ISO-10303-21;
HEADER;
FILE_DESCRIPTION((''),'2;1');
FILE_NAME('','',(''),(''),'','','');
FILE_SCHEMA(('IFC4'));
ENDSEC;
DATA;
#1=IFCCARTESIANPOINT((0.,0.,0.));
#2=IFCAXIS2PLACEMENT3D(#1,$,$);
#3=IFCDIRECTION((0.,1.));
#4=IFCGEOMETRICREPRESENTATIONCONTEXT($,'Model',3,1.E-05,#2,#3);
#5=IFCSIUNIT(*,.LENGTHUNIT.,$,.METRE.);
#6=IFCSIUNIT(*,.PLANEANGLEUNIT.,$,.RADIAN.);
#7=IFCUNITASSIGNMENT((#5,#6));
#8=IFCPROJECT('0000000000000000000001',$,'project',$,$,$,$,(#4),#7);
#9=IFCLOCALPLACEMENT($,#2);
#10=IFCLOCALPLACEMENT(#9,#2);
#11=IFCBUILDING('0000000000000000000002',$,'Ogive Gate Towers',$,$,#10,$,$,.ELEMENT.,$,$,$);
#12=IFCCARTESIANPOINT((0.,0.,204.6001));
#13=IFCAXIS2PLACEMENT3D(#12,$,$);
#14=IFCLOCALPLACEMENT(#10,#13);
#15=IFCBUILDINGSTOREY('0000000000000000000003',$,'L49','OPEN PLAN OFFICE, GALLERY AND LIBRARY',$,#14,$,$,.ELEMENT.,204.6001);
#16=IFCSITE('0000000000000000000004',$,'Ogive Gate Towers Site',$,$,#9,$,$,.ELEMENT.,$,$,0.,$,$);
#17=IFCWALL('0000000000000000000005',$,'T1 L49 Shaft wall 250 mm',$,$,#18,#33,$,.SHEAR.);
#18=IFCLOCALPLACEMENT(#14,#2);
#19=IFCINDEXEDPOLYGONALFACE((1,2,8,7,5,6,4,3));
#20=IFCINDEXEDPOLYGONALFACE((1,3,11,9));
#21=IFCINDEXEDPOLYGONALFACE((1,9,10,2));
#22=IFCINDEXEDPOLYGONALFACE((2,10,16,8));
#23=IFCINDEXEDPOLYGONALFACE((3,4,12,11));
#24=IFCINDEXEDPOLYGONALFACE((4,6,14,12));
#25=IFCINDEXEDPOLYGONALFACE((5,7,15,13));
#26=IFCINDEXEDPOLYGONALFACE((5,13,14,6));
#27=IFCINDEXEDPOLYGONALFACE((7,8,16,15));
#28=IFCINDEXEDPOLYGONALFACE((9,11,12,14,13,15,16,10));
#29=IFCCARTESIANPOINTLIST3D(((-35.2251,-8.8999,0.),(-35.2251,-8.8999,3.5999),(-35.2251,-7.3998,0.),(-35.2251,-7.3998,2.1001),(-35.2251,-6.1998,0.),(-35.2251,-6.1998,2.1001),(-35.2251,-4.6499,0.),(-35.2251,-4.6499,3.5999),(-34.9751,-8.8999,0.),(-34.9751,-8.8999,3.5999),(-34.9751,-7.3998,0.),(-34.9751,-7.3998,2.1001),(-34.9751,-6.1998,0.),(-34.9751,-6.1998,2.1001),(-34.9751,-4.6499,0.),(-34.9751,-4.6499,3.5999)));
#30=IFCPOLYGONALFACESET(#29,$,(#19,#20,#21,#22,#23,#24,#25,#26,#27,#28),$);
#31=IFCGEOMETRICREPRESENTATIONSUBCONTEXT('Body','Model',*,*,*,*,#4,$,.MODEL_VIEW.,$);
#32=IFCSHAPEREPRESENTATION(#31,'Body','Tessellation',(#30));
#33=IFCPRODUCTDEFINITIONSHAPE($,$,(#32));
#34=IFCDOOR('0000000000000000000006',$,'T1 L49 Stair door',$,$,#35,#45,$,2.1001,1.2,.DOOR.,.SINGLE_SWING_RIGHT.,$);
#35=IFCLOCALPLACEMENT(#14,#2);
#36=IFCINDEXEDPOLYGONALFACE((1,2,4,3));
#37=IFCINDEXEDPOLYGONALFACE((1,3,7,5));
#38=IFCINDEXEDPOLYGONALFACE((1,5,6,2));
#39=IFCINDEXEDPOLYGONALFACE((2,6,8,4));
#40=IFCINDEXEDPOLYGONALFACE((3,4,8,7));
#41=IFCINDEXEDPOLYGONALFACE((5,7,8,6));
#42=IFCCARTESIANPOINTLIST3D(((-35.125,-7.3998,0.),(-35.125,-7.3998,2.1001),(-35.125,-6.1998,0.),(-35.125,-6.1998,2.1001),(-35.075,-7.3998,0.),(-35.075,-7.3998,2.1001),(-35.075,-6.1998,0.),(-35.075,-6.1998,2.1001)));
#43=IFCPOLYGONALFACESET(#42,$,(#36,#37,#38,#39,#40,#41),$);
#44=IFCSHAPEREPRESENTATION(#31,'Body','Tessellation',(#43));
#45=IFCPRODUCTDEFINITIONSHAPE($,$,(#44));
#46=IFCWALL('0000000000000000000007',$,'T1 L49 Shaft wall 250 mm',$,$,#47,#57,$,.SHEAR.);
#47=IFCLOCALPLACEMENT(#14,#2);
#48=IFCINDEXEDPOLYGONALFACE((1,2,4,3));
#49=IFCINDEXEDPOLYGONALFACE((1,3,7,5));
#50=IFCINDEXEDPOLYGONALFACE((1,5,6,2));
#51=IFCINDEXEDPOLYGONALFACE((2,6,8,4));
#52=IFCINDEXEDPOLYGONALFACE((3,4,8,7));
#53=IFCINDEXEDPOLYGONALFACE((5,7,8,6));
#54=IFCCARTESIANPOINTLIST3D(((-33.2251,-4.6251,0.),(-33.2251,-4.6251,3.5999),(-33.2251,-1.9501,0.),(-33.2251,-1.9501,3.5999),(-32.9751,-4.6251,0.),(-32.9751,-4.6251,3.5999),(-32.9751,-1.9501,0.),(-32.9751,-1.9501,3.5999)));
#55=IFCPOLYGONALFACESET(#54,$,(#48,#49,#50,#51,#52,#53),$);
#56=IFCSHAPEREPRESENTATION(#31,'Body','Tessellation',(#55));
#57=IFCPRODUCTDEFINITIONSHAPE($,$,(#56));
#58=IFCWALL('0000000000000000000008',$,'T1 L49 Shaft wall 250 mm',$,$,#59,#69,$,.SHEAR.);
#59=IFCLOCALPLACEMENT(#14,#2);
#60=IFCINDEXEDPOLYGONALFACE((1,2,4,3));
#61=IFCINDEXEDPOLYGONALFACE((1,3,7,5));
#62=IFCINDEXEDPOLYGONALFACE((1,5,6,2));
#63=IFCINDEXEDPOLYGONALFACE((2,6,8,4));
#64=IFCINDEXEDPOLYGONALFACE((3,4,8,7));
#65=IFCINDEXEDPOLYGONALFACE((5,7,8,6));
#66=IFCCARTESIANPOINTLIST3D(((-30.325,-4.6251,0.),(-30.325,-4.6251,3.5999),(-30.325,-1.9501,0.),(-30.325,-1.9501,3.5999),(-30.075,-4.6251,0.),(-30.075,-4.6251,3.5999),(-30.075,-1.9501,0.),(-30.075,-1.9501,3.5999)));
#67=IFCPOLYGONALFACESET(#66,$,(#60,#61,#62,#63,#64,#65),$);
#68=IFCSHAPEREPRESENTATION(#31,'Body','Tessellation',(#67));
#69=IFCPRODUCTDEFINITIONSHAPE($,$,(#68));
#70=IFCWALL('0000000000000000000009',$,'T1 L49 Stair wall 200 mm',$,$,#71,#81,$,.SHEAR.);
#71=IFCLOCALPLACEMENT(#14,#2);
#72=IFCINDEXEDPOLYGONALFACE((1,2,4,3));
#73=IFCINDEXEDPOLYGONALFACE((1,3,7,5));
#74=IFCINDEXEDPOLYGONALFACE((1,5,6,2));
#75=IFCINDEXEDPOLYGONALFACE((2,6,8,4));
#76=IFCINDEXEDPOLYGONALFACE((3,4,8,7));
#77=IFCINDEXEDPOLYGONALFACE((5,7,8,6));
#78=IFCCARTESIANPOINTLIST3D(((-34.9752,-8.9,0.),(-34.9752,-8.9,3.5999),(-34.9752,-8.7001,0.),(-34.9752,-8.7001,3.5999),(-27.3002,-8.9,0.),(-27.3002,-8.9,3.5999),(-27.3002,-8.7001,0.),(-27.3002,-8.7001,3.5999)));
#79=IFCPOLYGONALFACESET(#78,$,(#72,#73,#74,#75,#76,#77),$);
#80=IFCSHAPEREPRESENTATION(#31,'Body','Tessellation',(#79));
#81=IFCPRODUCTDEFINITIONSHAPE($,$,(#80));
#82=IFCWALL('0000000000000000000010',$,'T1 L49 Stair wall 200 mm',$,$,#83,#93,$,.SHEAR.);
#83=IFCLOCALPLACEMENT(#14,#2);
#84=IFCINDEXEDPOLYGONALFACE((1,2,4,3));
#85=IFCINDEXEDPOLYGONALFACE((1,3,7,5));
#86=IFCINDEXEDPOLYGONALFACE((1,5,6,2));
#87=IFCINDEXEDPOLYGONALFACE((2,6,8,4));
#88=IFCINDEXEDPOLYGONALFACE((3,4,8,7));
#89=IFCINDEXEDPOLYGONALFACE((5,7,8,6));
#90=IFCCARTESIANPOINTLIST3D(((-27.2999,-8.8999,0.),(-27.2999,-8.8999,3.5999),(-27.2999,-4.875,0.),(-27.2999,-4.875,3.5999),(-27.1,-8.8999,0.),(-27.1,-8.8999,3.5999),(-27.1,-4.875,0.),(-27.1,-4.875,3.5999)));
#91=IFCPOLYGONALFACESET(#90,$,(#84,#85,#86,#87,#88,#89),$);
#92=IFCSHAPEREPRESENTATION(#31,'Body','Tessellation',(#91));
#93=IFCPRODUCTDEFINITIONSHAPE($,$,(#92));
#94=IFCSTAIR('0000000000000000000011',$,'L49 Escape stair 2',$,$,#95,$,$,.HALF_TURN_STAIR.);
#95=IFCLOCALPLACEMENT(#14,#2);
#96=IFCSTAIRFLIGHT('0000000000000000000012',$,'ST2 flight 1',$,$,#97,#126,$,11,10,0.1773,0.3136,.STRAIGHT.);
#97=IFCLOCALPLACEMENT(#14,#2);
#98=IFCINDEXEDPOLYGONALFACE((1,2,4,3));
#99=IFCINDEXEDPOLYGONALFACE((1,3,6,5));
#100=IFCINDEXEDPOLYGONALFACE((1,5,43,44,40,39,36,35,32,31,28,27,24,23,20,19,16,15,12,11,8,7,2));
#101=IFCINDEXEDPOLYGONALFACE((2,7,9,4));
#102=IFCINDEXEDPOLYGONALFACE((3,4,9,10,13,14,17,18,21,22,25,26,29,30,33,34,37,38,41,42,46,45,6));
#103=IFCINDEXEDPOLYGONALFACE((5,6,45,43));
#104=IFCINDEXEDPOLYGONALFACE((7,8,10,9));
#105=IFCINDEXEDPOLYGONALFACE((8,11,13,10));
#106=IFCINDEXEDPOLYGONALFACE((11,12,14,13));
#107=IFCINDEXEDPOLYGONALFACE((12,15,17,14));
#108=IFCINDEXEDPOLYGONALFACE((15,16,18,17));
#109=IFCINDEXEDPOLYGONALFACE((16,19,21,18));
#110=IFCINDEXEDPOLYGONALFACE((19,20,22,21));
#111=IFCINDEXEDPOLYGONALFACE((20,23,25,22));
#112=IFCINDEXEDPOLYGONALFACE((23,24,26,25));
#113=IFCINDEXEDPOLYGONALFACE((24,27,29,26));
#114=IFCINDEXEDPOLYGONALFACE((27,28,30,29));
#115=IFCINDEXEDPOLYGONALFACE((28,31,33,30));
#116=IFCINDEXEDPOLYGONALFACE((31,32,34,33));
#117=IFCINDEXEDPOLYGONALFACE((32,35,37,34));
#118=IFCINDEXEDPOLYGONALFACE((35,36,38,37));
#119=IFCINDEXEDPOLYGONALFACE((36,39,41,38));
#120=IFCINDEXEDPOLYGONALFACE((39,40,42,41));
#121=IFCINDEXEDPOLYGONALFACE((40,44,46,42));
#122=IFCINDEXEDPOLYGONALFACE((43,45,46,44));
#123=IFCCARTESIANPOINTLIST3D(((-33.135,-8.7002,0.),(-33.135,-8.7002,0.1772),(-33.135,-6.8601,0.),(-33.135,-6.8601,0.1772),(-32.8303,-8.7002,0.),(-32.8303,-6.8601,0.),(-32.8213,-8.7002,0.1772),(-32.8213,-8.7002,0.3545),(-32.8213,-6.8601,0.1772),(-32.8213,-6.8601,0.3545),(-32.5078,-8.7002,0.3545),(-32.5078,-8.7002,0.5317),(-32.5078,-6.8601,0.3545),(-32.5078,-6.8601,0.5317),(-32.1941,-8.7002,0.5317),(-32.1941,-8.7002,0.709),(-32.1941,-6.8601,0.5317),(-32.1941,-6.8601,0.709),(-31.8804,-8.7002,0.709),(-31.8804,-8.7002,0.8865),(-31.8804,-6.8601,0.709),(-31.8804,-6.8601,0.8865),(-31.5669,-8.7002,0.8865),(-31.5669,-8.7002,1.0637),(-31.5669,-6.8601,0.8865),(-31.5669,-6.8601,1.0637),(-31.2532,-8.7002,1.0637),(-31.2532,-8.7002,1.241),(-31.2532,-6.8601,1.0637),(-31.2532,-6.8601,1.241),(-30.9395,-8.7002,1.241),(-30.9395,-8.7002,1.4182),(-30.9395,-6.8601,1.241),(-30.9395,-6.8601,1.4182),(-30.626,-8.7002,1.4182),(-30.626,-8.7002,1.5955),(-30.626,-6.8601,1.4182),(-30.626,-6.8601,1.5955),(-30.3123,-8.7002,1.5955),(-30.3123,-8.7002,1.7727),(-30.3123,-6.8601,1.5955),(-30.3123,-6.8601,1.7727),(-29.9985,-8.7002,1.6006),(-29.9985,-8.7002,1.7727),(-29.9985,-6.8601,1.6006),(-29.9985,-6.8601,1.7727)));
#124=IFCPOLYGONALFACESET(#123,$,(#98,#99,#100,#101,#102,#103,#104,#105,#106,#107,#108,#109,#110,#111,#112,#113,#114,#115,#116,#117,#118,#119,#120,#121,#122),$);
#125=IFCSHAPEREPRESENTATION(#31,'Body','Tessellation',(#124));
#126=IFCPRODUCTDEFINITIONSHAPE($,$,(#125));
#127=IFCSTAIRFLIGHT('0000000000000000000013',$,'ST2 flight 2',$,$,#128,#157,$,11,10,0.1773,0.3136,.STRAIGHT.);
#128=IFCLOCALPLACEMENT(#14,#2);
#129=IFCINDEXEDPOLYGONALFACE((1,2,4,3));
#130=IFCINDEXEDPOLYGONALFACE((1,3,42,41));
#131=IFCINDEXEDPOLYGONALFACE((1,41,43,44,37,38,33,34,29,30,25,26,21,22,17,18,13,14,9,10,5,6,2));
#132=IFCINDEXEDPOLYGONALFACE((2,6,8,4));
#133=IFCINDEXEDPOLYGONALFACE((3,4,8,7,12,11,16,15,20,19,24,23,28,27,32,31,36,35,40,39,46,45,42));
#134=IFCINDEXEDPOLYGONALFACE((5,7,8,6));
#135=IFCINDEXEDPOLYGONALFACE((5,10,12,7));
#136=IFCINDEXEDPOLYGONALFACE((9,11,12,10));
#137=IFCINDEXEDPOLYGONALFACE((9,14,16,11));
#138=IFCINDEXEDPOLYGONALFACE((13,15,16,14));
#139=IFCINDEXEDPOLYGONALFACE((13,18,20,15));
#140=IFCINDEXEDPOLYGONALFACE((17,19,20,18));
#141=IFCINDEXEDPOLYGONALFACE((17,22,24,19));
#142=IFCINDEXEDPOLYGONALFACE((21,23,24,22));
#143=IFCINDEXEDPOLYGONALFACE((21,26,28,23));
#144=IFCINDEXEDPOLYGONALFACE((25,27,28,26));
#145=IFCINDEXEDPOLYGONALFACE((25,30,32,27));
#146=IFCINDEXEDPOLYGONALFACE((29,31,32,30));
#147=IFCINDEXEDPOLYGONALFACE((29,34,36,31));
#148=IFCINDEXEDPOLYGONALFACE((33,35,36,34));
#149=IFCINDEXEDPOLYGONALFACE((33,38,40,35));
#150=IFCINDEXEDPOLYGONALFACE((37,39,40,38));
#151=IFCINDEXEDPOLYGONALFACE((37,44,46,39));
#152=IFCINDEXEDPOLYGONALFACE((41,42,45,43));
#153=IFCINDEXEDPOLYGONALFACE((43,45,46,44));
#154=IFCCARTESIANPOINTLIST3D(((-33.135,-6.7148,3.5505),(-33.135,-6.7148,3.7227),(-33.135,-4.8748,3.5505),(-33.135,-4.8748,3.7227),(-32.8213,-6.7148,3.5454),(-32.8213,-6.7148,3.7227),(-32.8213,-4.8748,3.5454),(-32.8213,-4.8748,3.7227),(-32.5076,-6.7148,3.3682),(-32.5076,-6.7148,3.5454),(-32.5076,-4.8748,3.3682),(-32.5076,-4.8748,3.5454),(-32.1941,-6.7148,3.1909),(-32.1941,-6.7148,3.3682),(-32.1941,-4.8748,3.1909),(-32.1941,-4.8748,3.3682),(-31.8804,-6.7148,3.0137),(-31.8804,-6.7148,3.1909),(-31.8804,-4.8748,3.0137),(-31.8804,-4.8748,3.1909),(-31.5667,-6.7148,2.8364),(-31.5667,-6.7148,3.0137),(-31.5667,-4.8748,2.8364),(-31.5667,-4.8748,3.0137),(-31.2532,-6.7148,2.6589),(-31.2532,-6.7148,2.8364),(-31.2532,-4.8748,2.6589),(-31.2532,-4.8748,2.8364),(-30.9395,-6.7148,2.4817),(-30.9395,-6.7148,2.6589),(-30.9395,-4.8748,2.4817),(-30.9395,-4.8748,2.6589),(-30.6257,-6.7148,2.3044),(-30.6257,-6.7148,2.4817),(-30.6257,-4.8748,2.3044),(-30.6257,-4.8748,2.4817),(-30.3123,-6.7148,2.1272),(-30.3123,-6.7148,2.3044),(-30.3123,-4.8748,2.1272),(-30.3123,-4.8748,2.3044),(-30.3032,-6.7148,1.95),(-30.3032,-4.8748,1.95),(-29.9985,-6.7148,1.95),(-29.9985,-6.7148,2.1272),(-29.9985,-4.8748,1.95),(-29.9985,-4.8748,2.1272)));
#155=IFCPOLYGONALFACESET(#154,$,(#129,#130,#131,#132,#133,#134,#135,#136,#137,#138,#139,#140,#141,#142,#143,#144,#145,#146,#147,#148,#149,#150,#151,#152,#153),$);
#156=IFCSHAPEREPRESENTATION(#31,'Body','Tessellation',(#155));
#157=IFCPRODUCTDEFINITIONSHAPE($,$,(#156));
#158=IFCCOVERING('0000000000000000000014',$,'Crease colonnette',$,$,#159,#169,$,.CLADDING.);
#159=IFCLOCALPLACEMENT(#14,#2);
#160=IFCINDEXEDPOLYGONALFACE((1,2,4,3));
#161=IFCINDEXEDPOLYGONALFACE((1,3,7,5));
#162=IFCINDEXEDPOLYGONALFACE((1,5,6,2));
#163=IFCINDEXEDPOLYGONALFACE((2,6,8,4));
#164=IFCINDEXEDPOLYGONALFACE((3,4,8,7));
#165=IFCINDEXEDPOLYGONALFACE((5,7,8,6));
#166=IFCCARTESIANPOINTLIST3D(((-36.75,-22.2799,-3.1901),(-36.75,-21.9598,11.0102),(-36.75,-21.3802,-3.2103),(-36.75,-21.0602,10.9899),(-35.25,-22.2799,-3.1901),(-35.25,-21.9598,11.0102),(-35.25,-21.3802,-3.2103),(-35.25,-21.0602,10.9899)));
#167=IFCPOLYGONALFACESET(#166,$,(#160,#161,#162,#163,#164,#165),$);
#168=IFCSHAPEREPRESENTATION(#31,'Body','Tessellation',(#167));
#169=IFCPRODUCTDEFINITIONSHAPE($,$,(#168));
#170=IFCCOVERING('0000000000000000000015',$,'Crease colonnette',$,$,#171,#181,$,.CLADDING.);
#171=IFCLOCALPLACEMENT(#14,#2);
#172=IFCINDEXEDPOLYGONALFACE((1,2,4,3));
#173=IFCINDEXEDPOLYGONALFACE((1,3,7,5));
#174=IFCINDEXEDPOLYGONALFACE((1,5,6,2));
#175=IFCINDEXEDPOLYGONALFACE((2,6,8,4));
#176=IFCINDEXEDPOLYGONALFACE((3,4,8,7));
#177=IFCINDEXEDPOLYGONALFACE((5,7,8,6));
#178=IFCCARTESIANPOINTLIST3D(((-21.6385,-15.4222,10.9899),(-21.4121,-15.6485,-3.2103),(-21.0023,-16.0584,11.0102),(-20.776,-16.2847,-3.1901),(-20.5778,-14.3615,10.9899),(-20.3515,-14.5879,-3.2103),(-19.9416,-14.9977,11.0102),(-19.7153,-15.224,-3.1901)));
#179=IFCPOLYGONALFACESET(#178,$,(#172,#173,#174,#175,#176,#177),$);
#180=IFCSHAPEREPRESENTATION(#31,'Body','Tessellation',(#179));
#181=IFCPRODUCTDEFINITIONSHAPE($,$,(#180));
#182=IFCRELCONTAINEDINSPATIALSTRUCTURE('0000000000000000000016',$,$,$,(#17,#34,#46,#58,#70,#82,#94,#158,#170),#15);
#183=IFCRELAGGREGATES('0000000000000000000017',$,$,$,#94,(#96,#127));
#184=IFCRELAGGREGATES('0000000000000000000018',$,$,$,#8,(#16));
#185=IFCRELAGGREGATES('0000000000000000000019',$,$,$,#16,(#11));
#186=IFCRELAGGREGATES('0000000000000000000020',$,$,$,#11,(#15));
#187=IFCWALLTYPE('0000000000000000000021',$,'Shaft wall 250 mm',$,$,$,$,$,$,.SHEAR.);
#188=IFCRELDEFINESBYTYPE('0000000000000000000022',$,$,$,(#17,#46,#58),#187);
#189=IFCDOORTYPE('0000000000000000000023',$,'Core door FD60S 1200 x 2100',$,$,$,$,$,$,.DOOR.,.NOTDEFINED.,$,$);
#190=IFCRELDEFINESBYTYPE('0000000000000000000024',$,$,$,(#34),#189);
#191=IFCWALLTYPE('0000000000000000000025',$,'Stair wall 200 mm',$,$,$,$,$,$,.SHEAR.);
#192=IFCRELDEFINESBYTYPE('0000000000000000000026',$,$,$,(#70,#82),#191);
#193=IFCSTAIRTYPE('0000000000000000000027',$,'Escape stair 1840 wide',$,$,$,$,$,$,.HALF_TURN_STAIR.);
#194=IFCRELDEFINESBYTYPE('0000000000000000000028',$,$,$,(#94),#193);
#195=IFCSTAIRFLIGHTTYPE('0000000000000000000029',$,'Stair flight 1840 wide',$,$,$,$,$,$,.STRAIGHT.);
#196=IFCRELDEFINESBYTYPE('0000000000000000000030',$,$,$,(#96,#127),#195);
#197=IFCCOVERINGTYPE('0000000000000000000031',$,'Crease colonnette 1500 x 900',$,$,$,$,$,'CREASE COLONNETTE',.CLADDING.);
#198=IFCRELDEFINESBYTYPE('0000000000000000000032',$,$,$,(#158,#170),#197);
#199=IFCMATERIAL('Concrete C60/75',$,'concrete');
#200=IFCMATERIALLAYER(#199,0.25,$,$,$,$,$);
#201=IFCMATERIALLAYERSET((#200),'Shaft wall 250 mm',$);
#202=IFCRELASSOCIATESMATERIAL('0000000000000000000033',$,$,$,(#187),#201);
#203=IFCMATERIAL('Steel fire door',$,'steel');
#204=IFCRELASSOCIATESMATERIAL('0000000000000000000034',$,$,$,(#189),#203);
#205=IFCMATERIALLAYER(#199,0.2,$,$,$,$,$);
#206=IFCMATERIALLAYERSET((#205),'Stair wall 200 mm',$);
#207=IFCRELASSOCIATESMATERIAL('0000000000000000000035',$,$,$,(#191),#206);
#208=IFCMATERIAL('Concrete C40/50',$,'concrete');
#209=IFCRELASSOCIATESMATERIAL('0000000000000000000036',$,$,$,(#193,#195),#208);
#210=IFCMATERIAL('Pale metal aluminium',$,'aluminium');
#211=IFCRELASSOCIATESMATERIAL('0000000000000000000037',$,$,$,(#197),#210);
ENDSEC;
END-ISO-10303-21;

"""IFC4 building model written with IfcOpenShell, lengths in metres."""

from ifc_helpers import new_model, si_unit, direction, frame, frame_2d, origin, origin_2d, place, context, subcontext, project, spatial, polyline, rectangle, outline, extrude, material, layer, layer_set, material_profile, profile_set, type_object, element, fill, aggregate, save


model = new_model("IFC4")

# Units and contexts
model_context = context("Model", 3, precision=1e-05, world=origin(), true_north=direction((0.0, 1.0)))
body_context = subcontext(model_context, "Body", "Model", "MODEL_VIEW")
ifc_project = project(units=[si_unit("LENGTHUNIT", "METRE"), si_unit("PLANEANGLEUNIT", "RADIAN")], contexts=[model_context])

# Site, building, storey
site_placement = place(None, origin())
site = spatial("IfcSite", under=ifc_project, at=site_placement, Name="Ogive Gate Towers Site", CompositionType="ELEMENT", RefElevation=0.0)
building_placement = place(site_placement, origin())
building = spatial("IfcBuilding", under=site, at=building_placement, Name="Ogive Gate Towers", CompositionType="ELEMENT")
storey_placement = place(building_placement, frame((0.0, 0.0, 204.6001)))
storey = spatial("IfcBuildingStorey", under=building, at=storey_placement, Name="L49", Description="OPEN PLAN OFFICE, GALLERY AND LIBRARY", CompositionType="ELEMENT", Elevation=204.6001)

# Shared definitions
ifc_material_1 = material(Name="Concrete C60/75", Category="concrete")
ifc_material_2 = material(Name="Steel fire door", Category="steel")

# Shared definitions
ifc_layer_1 = layer(ifc_material_1, 0.25)
ifc_layer_set_1 = layer_set([ifc_layer_1], Name="Shaft wall 250 mm")
wall_type_1 = type_object("IfcWallType", Name="Shaft wall 250 mm", PredefinedType="SHEAR", material=ifc_layer_set_1)

# Wall, opening, door
wall_1_placement = place(storey_placement, frame((-35.1001, -8.8999, 0.0), z_axis=(0.0, 0.0, 1.0), x_axis=(0.0, 1.0, 0.0)))
wall_1 = element("IfcWall", 1, at=wall_1_placement, inside=storey, type_object=wall_type_1, Name="T1 L49 Shaft wall 250 mm", PredefinedType="SHEAR", context=body_context, shape_type="SweptSolid", body=[
    extrude(rectangle(XDim=4.25, YDim=0.25, at=frame_2d((2.125, 0.0))), origin(), (0.0, 0.0, 1.0), 3.5999),
])
opening_1_placement = place(wall_1_placement, frame((1.5, 0.0, 0.0)))
opening_1 = element("IfcOpeningElement", 2, at=opening_1_placement, cuts=wall_1, PredefinedType="OPENING", context=body_context, shape_type="SweptSolid", body=[
    extrude(rectangle(XDim=1.2, YDim=2.1001, at=frame_2d((0.6001, 1.05))), frame((0.0, 0.135, 0.0), z_axis=(0.0, -1.0, 0.0), x_axis=(1.0, 0.0, 0.0)), (0.0, 0.0, 1.0), 0.27),
])
door_type_1 = type_object("IfcDoorType", Name="Core door FD60S 1200 x 2100", OperationType="NOTDEFINED", PredefinedType="DOOR", material=ifc_material_2)
door_1_placement = place(opening_1_placement, origin())
door_1 = element("IfcDoor", 3, at=door_1_placement, inside=storey, type_object=door_type_1, Name="T1 L49 Stair door", OperationType="SINGLE_SWING_RIGHT", OverallHeight=2.1001, OverallWidth=1.2, PredefinedType="DOOR", context=body_context, shape_type="SweptSolid", body=[
    extrude(rectangle(XDim=1.2, YDim=2.1001, at=frame_2d((0.6001, 1.05))), frame((0.0, 0.0249, 0.0), z_axis=(0.0, -1.0, 0.0), x_axis=(1.0, 0.0, 0.0)), (0.0, 0.0, 1.0), 0.05),
])
fill(opening_1, door_1)

# Walls
for number, where, z_axis, x_axis, name in (
    (4, (-33.1001, -4.625, 0.0), (0.0, 0.0, 1.0), (0.0, 1.0, 0.0), "T1 L49 Shaft wall 250 mm"),
    (5, (-30.2, -4.625, 0.0), (0.0, 0.0, 1.0), (0.0, 1.0, 0.0), "T1 L49 Shaft wall 250 mm"),
):
    element("IfcWall", number, at=place(storey_placement, frame(where, z_axis=z_axis, x_axis=x_axis)), inside=storey, type_object=wall_type_1, Name=name, PredefinedType="SHEAR", context=body_context, shape_type="SweptSolid", body=[
        extrude(rectangle(XDim=2.675, YDim=0.25, at=frame_2d((1.3374, 0.0))), origin(), (0.0, 0.0, 1.0), 3.5999),
    ])
ifc_layer_2 = layer(ifc_material_1, 0.2)
ifc_layer_set_2 = layer_set([ifc_layer_2], Name="Stair wall 200 mm")
wall_type_2 = type_object("IfcWallType", Name="Stair wall 200 mm", PredefinedType="SHEAR", material=ifc_layer_set_2)
wall_2_placement = place(storey_placement, frame((-34.9751, -8.8, 0.0), z_axis=(0.0, 0.0, 1.0), x_axis=(1.0, 0.0, 0.0)))
element("IfcWall", 6, at=wall_2_placement, inside=storey, type_object=wall_type_2, Name="T1 L49 Stair wall 200 mm", PredefinedType="SHEAR", context=body_context, shape_type="SweptSolid", body=[
    extrude(rectangle(XDim=7.675, YDim=0.2, at=frame_2d((3.8374, 0.0))), origin(), (0.0, 0.0, 1.0), 3.5999),
])
wall_3_placement = place(storey_placement, frame((-27.2, -8.8999, 0.0), z_axis=(0.0, 0.0, 1.0), x_axis=(0.0, 1.0, 0.0)))
element("IfcWall", 7, at=wall_3_placement, inside=storey, type_object=wall_type_2, Name="T1 L49 Stair wall 200 mm", PredefinedType="SHEAR", context=body_context, shape_type="SweptSolid", body=[
    extrude(rectangle(XDim=4.0249, YDim=0.2, at=frame_2d((2.0125, 0.0))), origin(), (0.0, 0.0, 1.0), 3.5999),
])

# Stair, stair flights
ifc_material_3 = material(Name="Concrete C40/50", Category="concrete")
stair_type = type_object("IfcStairType", Name="Escape stair 1840 wide", PredefinedType="HALF_TURN_STAIR", material=ifc_material_3)
stair_placement = place(storey_placement, origin())
stair = element("IfcStair", 8, at=stair_placement, inside=storey, type_object=stair_type, Name="L49 Escape stair 2", PredefinedType="HALF_TURN_STAIR")
stair_flight_type = type_object("IfcStairFlightType", Name="Stair flight 1840 wide", PredefinedType="STRAIGHT", material=ifc_material_3)
stair_flight_1_placement = place(storey_placement, frame((-33.135, -7.78, 0.0), z_axis=(0.0, 0.0, 1.0), x_axis=(1.0, 0.0, 0.0)))
stair_flight_1 = element("IfcStairFlight", 9, at=stair_flight_1_placement, type_object=stair_flight_type, Name="ST2 flight 1", NumberOfRisers=11, NumberOfTreads=10, PredefinedType="STRAIGHT", RiserHeight=0.1773, TreadLength=0.3136, context=body_context, shape_type="SweptSolid", body=[
    extrude(outline(polyline([(0.0, 0.0), (0.0, 0.1772), (0.3137, 0.1772), (0.3137, 0.3545), (0.6272, 0.3545), (0.6272, 0.5317), (0.9409, 0.5317), (0.9409, 0.709), (1.2546, 0.709), (1.2546, 0.8865), (1.5681, 0.8865), (1.5681, 1.0637), (1.8818, 1.0637), (1.8818, 1.241), (2.1956, 1.241), (2.1956, 1.4182), (2.509, 1.4182), (2.509, 1.5955), (2.8228, 1.5955), (2.8228, 1.7727), (3.1365, 1.7727), (3.1365, 1.95), (3.1365, 1.6006), (0.3047, 0.0), (0.0, 0.0)])), frame((0.0, 0.9199, 0.0), z_axis=(0.0, -1.0, 0.0), x_axis=(1.0, 0.0, 0.0)), (0.0, 0.0, 1.0), 1.8401),
])
stair_flight_2_placement = place(storey_placement, frame((-29.9985, -5.7949, 1.95), z_axis=(0.0, 0.0, 1.0), x_axis=(-1.0, 0.0, 0.0)))
stair_flight_2 = element("IfcStairFlight", 10, at=stair_flight_2_placement, type_object=stair_flight_type, Name="ST2 flight 2", NumberOfRisers=11, NumberOfTreads=10, PredefinedType="STRAIGHT", RiserHeight=0.1773, TreadLength=0.3136, context=body_context, shape_type="SweptSolid", body=[
    extrude(outline(polyline([(0.0, 0.0), (0.0, 0.1772), (0.3137, 0.1772), (0.3137, 0.3545), (0.6272, 0.3545), (0.6272, 0.5317), (0.9409, 0.5317), (0.9409, 0.709), (1.2546, 0.709), (1.2546, 0.8865), (1.5681, 0.8865), (1.5681, 1.0637), (1.8818, 1.0637), (1.8818, 1.241), (2.1956, 1.241), (2.1956, 1.4182), (2.509, 1.4182), (2.509, 1.5955), (2.8228, 1.5955), (2.8228, 1.7727), (3.1365, 1.7727), (3.1365, 1.95), (3.1365, 1.6006), (0.3047, 0.0), (0.0, 0.0)])), frame((0.0, 0.9199, 0.0), z_axis=(0.0, -1.0, 0.0), x_axis=(1.0, 0.0, 0.0)), (0.0, 0.0, 1.0), 1.8401),
])
aggregate(stair, [stair_flight_1, stair_flight_2])

# Coverings
ifc_material_4 = material(Name="Pale metal aluminium", Category="aluminium")
ifc_material_profile_1 = material_profile(ifc_material_4, rectangle(XDim=1.5, YDim=0.8999, at=origin_2d()), Name="1500 x 900 pale metal aluminium")
ifc_profile_set_1 = profile_set([ifc_material_profile_1], Name="Pale metal aluminium")
covering_type_1 = type_object("IfcCoveringType", Name="Crease colonnette 1500 x 900", ElementType="CREASE COLONNETTE", PredefinedType="CLADDING", material=ifc_profile_set_1)
for number, where, z_axis, x_axis, name in (
    (11, (-36.0, -21.8301, -3.2002), (0.0, 0.022534, 0.999746), (-1.0, 0.0, 0.0), "Crease colonnette"),
    (12, (-20.5637, -15.4363, -3.2002), (-0.015934, 0.015934, 0.999746), (-0.707107, -0.707107, 0.0), "Crease colonnette"),
):
    element("IfcCovering", number, at=place(storey_placement, frame(where, z_axis=z_axis, x_axis=x_axis)), inside=storey, type_object=covering_type_1, Name=name, PredefinedType="CLADDING", context=body_context, shape_type="SweptSolid", body=[
        extrude(rectangle(XDim=1.5, YDim=0.8999, at=origin_2d()), origin(), (0.0, 0.0, 1.0), 14.2039),
    ])

save(model, "model.ifc")
